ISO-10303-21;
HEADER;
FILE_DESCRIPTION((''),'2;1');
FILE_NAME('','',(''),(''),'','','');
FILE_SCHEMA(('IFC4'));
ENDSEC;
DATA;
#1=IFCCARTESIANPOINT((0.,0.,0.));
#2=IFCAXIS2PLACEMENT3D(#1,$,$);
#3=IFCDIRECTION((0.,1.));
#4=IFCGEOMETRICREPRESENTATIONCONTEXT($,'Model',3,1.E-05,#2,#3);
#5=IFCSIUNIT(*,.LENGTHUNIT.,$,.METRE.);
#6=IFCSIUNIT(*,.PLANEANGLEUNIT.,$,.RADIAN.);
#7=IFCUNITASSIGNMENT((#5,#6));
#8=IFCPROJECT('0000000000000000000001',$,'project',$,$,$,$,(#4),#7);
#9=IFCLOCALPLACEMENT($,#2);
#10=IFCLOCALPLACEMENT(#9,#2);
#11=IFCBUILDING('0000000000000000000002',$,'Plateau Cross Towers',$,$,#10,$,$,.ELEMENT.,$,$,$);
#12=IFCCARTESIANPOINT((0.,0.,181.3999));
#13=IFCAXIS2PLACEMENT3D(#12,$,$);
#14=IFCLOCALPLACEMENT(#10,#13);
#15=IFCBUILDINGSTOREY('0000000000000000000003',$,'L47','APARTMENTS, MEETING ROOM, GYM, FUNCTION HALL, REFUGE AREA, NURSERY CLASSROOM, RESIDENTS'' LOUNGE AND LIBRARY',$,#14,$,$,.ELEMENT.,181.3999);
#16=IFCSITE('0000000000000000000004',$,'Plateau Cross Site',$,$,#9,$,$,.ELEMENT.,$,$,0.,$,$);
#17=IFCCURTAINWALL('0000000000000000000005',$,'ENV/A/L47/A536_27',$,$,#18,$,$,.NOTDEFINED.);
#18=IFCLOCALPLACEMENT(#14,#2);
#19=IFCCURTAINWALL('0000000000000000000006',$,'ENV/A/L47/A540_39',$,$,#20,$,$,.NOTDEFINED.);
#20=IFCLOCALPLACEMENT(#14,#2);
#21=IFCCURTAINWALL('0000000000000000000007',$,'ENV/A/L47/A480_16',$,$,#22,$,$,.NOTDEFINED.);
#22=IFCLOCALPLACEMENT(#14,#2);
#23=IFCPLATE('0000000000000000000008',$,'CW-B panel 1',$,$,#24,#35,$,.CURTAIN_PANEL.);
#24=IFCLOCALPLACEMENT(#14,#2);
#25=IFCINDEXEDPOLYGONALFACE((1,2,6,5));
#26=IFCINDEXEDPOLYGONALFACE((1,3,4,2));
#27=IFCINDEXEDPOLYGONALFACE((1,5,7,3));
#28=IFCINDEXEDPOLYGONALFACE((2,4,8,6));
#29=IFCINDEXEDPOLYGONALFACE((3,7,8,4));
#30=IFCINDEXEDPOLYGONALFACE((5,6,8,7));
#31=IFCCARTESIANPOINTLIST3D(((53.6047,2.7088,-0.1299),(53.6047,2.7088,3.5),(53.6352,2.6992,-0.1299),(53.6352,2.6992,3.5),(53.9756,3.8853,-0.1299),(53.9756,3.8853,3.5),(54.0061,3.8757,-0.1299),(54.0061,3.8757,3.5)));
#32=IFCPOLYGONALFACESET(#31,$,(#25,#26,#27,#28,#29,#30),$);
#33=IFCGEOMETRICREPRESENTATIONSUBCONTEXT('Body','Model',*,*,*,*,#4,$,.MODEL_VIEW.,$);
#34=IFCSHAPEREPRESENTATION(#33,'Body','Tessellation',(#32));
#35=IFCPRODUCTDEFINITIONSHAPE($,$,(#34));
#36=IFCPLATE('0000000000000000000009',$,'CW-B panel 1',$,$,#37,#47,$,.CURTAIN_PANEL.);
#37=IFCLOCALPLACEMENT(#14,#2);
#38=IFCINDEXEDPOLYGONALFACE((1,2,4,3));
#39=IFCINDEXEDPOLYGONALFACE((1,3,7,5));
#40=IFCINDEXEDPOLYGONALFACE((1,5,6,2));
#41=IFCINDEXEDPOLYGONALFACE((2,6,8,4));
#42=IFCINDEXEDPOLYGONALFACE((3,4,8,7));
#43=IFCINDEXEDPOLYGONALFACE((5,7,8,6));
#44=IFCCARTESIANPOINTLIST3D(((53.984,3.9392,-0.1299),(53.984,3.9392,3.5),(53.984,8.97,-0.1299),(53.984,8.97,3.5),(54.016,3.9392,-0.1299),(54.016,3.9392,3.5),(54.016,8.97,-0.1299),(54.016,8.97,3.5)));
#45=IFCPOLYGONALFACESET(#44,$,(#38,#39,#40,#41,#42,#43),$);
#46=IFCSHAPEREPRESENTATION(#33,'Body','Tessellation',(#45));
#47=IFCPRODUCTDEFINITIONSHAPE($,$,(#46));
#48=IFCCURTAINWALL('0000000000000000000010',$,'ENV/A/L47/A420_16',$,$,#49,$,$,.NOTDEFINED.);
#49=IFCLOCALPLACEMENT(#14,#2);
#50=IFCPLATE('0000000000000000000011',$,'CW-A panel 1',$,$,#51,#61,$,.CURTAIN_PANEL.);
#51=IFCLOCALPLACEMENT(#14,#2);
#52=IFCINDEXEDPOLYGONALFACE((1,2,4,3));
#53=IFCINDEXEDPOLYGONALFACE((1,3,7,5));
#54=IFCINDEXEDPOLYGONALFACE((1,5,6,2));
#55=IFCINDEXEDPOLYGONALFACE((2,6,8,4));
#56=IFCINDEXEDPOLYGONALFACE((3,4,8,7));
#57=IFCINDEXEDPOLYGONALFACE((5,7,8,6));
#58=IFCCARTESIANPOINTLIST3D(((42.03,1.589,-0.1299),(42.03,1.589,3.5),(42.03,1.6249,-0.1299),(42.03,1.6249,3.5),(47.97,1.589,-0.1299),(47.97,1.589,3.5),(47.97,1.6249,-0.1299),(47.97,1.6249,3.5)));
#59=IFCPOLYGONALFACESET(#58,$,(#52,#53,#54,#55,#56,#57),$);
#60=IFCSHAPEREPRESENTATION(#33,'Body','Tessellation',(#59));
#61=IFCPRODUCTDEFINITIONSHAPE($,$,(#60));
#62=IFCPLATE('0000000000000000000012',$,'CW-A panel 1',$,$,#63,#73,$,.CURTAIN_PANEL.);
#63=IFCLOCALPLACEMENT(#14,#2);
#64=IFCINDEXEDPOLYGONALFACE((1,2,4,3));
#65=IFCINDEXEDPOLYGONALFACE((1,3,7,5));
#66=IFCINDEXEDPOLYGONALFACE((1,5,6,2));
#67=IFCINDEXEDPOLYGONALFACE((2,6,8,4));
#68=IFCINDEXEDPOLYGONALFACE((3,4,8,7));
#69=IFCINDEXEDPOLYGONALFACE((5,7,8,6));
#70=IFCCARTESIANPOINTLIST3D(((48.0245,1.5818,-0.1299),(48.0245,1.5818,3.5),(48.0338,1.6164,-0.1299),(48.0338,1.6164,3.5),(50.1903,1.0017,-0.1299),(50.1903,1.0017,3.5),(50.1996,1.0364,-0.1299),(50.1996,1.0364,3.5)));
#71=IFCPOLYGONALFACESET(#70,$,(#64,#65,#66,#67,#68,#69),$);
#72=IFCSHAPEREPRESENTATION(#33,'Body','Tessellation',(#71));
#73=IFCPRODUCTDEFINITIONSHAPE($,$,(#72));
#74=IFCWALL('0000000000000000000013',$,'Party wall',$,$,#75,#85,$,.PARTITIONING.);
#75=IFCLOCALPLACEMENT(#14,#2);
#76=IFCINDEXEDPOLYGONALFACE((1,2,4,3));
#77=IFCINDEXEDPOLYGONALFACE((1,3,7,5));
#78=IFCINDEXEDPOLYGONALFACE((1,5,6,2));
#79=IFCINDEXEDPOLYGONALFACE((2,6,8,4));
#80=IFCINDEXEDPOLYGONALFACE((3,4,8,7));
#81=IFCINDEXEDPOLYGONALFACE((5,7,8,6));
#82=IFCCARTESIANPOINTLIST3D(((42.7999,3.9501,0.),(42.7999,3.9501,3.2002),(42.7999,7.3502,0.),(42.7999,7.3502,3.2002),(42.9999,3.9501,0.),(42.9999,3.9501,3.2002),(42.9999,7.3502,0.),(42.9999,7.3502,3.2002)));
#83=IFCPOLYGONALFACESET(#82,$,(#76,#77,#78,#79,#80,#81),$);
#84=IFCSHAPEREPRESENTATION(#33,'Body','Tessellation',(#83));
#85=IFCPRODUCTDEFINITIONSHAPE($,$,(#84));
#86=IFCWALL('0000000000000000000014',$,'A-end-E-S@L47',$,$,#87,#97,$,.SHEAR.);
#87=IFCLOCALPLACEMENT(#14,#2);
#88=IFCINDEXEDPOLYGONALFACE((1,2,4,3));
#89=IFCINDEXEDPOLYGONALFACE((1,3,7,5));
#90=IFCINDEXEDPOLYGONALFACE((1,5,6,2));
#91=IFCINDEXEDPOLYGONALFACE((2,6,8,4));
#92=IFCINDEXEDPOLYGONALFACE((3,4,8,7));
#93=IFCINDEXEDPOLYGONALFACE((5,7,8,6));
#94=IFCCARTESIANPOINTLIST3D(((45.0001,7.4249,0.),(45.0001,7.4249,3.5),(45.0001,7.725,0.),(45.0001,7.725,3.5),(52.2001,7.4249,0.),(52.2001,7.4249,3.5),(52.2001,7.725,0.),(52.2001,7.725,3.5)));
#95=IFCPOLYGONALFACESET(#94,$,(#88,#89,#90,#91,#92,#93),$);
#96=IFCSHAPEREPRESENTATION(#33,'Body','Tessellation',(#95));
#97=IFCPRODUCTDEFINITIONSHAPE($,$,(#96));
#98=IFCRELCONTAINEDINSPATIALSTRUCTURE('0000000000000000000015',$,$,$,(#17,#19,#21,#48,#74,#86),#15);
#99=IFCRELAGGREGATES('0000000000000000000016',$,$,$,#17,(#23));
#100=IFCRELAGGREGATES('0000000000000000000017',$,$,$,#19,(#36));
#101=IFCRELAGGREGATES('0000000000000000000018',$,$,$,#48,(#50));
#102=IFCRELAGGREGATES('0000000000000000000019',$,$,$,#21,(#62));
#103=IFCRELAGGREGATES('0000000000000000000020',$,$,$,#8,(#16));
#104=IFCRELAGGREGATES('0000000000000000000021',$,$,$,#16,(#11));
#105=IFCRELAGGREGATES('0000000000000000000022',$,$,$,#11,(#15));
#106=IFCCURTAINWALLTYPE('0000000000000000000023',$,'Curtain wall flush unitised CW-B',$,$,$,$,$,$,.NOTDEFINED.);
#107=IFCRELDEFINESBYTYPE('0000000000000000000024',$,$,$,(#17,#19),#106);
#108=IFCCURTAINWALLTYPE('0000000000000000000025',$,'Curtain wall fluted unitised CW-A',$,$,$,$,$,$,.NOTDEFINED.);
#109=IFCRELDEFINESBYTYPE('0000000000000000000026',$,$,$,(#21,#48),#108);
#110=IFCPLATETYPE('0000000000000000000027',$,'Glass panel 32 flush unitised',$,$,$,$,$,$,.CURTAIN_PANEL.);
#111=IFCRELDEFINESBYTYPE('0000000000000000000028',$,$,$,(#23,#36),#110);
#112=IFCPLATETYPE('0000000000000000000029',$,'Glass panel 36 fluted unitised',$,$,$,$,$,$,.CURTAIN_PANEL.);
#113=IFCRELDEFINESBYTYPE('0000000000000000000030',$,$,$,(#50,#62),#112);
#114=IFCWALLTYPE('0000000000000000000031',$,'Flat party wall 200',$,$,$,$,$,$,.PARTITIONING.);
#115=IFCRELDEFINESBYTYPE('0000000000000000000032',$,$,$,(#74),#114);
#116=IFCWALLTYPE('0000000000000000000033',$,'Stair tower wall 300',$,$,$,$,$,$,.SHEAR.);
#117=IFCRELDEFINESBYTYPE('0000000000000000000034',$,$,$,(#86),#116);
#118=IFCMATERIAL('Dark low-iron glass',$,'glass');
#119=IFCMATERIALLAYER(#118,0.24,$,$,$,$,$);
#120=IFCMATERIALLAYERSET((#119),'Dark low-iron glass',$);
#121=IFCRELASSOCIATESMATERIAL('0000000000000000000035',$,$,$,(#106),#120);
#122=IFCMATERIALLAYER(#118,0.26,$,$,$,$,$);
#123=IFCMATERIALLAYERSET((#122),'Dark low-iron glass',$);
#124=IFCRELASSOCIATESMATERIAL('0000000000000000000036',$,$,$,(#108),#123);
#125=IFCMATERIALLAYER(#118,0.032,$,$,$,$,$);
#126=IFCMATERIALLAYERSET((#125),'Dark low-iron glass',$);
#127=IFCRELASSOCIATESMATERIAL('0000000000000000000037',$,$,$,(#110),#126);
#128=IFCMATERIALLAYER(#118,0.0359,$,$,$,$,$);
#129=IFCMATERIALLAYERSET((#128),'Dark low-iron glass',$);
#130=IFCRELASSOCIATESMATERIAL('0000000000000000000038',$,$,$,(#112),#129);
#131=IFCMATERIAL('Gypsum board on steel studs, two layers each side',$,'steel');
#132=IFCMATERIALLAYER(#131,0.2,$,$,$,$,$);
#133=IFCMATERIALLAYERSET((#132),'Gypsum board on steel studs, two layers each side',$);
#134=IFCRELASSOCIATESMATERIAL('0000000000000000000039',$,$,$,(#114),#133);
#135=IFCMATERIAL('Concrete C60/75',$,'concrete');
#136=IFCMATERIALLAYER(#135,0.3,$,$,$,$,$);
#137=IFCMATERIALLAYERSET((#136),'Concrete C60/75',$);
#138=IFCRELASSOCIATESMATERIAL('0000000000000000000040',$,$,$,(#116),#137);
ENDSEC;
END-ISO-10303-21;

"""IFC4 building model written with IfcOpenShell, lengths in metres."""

from ifc_helpers import new_model, si_unit, direction, frame, frame_2d, origin, origin_2d, place, context, subcontext, project, spatial, rectangle, extrude, material, layer, layer_set, type_object, element, aggregate, save


model = new_model("IFC4")

# Units and contexts
model_context = context("Model", 3, precision=1e-05, world=origin(), true_north=direction((0.0, 1.0)))
body_context = subcontext(model_context, "Body", "Model", "MODEL_VIEW")
ifc_project = project(units=[si_unit("LENGTHUNIT", "METRE"), si_unit("PLANEANGLEUNIT", "RADIAN")], contexts=[model_context])

# Site, building, storey
site_placement = place(None, origin())
site = spatial("IfcSite", under=ifc_project, at=site_placement, Name="Plateau Cross Site", CompositionType="ELEMENT", RefElevation=0.0)
building_placement = place(site_placement, origin())
building = spatial("IfcBuilding", under=site, at=building_placement, Name="Plateau Cross Towers", CompositionType="ELEMENT")
storey_placement = place(building_placement, frame((0.0, 0.0, 181.3999)))
storey = spatial("IfcBuildingStorey", under=building, at=storey_placement, Name="L47", Description="APARTMENTS, MEETING ROOM, GYM, FUNCTION HALL, REFUGE AREA, NURSERY CLASSROOM, RESIDENTS' LOUNGE AND LIBRARY", CompositionType="ELEMENT", Elevation=181.3999)

# Shared definitions
ifc_material_1 = material(Name="Concrete C60/75", Category="concrete")

# Shared definitions
ifc_material_2 = material(Name="Dark low-iron glass", Category="glass")
ifc_layer_1 = layer(ifc_material_2, 0.24)
ifc_layer_set_1 = layer_set([ifc_layer_1], Name="Dark low-iron glass")
curtain_wall_type_1 = type_object("IfcCurtainWallType", Name="Curtain wall flush unitised CW-B", PredefinedType="NOTDEFINED", material=ifc_layer_set_1)

# Curtain walls
curtain_wall_1_placement = place(storey_placement, origin())
curtain_wall_1 = element("IfcCurtainWall", 1, at=curtain_wall_1_placement, inside=storey, type_object=curtain_wall_type_1, Name="ENV/A/L47/A536_27", PredefinedType="NOTDEFINED")
curtain_wall_2_placement = place(storey_placement, origin())
curtain_wall_2 = element("IfcCurtainWall", 2, at=curtain_wall_2_placement, inside=storey, type_object=curtain_wall_type_1, Name="ENV/A/L47/A540_39", PredefinedType="NOTDEFINED")
ifc_layer_2 = layer(ifc_material_2, 0.26)
ifc_layer_set_2 = layer_set([ifc_layer_2], Name="Dark low-iron glass")
curtain_wall_type_2 = type_object("IfcCurtainWallType", Name="Curtain wall fluted unitised CW-A", PredefinedType="NOTDEFINED", material=ifc_layer_set_2)
curtain_wall_3_placement = place(storey_placement, origin())
curtain_wall_3 = element("IfcCurtainWall", 3, at=curtain_wall_3_placement, inside=storey, type_object=curtain_wall_type_2, Name="ENV/A/L47/A480_16", PredefinedType="NOTDEFINED")

# Plates
ifc_layer_3 = layer(ifc_material_2, 0.032)
ifc_layer_set_3 = layer_set([ifc_layer_3], Name="Dark low-iron glass")
plate_type_1 = type_object("IfcPlateType", Name="Glass panel 32 flush unitised", PredefinedType="CURTAIN_PANEL", material=ifc_layer_set_3)
plate_1_placement = place(storey_placement, frame((53.8054, 3.2922, -0.1299), z_axis=(0.0, 0.0, 1.0), x_axis=(0.300686, 0.953723, 0.0)))
plate_1 = element("IfcPlate", 4, at=plate_1_placement, type_object=plate_type_1, Name="CW-B panel 1", PredefinedType="CURTAIN_PANEL", context=body_context, shape_type="SweptSolid", body=[
    extrude(rectangle(XDim=1.2336, YDim=0.032, at=origin_2d()), origin(), (0.0, 0.0, 1.0), 3.6299),
])
aggregate(curtain_wall_1, [plate_1])
plate_2_placement = place(storey_placement, frame((54.0, 6.4546, -0.1299), z_axis=(0.0, 0.0, 1.0), x_axis=(0.0, 1.0, 0.0)))
plate_2 = element("IfcPlate", 5, at=plate_2_placement, type_object=plate_type_1, Name="CW-B panel 1", PredefinedType="CURTAIN_PANEL", context=body_context, shape_type="SweptSolid", body=[
    extrude(rectangle(XDim=5.0308, YDim=0.032, at=origin_2d()), origin(), (0.0, 0.0, 1.0), 3.6299),
])
aggregate(curtain_wall_2, [plate_2])

# Curtain wall, plate
curtain_wall_4_placement = place(storey_placement, origin())
curtain_wall_4 = element("IfcCurtainWall", 6, at=curtain_wall_4_placement, inside=storey, type_object=curtain_wall_type_2, Name="ENV/A/L47/A420_16", PredefinedType="NOTDEFINED")
ifc_layer_4 = layer(ifc_material_2, 0.0359)
ifc_layer_set_4 = layer_set([ifc_layer_4], Name="Dark low-iron glass")
plate_type_2 = type_object("IfcPlateType", Name="Glass panel 36 fluted unitised", PredefinedType="CURTAIN_PANEL", material=ifc_layer_set_4)
plate_3_placement = place(storey_placement, frame((45.0, 1.6069, -0.1299), z_axis=(0.0, 0.0, 1.0), x_axis=(1.0, 0.0, 0.0)))
plate_3 = element("IfcPlate", 7, at=plate_3_placement, type_object=plate_type_2, Name="CW-A panel 1", PredefinedType="CURTAIN_PANEL", context=body_context, shape_type="SweptSolid", body=[
    extrude(rectangle(XDim=5.9399, YDim=0.0359, at=origin_2d()), origin(), (0.0, 0.0, 1.0), 3.6299),
])
aggregate(curtain_wall_4, [plate_3])

# Plate
plate_4_placement = place(storey_placement, frame((49.1121, 1.3091, -0.1299), z_axis=(0.0, 0.0, 1.0), x_axis=(0.965958, -0.258699, 0.0)))
plate_4 = element("IfcPlate", 8, at=plate_4_placement, type_object=plate_type_2, Name="CW-A panel 1", PredefinedType="CURTAIN_PANEL", context=body_context, shape_type="SweptSolid", body=[
    extrude(rectangle(XDim=2.2422, YDim=0.0359, at=origin_2d()), origin(), (0.0, 0.0, 1.0), 3.6299),
])
aggregate(curtain_wall_3, [plate_4])

# Walls
ifc_material_3 = material(Name="Gypsum board on steel studs, two layers each side", Category="steel")
ifc_layer_5 = layer(ifc_material_3, 0.2)
ifc_layer_set_5 = layer_set([ifc_layer_5], Name="Gypsum board on steel studs, two layers each side")
wall_type_1 = type_object("IfcWallType", Name="Flat party wall 200", PredefinedType="PARTITIONING", material=ifc_layer_set_5)
wall_1_placement = place(storey_placement, frame((42.8999, 3.95, 0.0), z_axis=(0.0, 0.0, 1.0), x_axis=(0.0, 1.0, 0.0)))
element("IfcWall", 9, at=wall_1_placement, inside=storey, type_object=wall_type_1, Name="Party wall", PredefinedType="PARTITIONING", context=body_context, shape_type="SweptSolid", body=[
    extrude(rectangle(XDim=3.4001, YDim=0.2, at=frame_2d((1.7002, 0.0))), origin(), (0.0, 0.0, 1.0), 3.2002),
])
ifc_layer_6 = layer(ifc_material_1, 0.3)
ifc_layer_set_6 = layer_set([ifc_layer_6], Name="Concrete C60/75")
wall_type_2 = type_object("IfcWallType", Name="Stair tower wall 300", PredefinedType="SHEAR", material=ifc_layer_set_6)
wall_2_placement = place(storey_placement, frame((45.0, 7.575, 0.0), z_axis=(0.0, 0.0, 1.0), x_axis=(1.0, 0.0, 0.0)))
element("IfcWall", 10, at=wall_2_placement, inside=storey, type_object=wall_type_2, Name="A-end-E-S@L47", PredefinedType="SHEAR", context=body_context, shape_type="SweptSolid", body=[
    extrude(rectangle(XDim=7.2, YDim=0.3, at=frame_2d((3.6001, 0.0))), origin(), (0.0, 0.0, 1.0), 3.5),
])

save(model, "model.ifc")
